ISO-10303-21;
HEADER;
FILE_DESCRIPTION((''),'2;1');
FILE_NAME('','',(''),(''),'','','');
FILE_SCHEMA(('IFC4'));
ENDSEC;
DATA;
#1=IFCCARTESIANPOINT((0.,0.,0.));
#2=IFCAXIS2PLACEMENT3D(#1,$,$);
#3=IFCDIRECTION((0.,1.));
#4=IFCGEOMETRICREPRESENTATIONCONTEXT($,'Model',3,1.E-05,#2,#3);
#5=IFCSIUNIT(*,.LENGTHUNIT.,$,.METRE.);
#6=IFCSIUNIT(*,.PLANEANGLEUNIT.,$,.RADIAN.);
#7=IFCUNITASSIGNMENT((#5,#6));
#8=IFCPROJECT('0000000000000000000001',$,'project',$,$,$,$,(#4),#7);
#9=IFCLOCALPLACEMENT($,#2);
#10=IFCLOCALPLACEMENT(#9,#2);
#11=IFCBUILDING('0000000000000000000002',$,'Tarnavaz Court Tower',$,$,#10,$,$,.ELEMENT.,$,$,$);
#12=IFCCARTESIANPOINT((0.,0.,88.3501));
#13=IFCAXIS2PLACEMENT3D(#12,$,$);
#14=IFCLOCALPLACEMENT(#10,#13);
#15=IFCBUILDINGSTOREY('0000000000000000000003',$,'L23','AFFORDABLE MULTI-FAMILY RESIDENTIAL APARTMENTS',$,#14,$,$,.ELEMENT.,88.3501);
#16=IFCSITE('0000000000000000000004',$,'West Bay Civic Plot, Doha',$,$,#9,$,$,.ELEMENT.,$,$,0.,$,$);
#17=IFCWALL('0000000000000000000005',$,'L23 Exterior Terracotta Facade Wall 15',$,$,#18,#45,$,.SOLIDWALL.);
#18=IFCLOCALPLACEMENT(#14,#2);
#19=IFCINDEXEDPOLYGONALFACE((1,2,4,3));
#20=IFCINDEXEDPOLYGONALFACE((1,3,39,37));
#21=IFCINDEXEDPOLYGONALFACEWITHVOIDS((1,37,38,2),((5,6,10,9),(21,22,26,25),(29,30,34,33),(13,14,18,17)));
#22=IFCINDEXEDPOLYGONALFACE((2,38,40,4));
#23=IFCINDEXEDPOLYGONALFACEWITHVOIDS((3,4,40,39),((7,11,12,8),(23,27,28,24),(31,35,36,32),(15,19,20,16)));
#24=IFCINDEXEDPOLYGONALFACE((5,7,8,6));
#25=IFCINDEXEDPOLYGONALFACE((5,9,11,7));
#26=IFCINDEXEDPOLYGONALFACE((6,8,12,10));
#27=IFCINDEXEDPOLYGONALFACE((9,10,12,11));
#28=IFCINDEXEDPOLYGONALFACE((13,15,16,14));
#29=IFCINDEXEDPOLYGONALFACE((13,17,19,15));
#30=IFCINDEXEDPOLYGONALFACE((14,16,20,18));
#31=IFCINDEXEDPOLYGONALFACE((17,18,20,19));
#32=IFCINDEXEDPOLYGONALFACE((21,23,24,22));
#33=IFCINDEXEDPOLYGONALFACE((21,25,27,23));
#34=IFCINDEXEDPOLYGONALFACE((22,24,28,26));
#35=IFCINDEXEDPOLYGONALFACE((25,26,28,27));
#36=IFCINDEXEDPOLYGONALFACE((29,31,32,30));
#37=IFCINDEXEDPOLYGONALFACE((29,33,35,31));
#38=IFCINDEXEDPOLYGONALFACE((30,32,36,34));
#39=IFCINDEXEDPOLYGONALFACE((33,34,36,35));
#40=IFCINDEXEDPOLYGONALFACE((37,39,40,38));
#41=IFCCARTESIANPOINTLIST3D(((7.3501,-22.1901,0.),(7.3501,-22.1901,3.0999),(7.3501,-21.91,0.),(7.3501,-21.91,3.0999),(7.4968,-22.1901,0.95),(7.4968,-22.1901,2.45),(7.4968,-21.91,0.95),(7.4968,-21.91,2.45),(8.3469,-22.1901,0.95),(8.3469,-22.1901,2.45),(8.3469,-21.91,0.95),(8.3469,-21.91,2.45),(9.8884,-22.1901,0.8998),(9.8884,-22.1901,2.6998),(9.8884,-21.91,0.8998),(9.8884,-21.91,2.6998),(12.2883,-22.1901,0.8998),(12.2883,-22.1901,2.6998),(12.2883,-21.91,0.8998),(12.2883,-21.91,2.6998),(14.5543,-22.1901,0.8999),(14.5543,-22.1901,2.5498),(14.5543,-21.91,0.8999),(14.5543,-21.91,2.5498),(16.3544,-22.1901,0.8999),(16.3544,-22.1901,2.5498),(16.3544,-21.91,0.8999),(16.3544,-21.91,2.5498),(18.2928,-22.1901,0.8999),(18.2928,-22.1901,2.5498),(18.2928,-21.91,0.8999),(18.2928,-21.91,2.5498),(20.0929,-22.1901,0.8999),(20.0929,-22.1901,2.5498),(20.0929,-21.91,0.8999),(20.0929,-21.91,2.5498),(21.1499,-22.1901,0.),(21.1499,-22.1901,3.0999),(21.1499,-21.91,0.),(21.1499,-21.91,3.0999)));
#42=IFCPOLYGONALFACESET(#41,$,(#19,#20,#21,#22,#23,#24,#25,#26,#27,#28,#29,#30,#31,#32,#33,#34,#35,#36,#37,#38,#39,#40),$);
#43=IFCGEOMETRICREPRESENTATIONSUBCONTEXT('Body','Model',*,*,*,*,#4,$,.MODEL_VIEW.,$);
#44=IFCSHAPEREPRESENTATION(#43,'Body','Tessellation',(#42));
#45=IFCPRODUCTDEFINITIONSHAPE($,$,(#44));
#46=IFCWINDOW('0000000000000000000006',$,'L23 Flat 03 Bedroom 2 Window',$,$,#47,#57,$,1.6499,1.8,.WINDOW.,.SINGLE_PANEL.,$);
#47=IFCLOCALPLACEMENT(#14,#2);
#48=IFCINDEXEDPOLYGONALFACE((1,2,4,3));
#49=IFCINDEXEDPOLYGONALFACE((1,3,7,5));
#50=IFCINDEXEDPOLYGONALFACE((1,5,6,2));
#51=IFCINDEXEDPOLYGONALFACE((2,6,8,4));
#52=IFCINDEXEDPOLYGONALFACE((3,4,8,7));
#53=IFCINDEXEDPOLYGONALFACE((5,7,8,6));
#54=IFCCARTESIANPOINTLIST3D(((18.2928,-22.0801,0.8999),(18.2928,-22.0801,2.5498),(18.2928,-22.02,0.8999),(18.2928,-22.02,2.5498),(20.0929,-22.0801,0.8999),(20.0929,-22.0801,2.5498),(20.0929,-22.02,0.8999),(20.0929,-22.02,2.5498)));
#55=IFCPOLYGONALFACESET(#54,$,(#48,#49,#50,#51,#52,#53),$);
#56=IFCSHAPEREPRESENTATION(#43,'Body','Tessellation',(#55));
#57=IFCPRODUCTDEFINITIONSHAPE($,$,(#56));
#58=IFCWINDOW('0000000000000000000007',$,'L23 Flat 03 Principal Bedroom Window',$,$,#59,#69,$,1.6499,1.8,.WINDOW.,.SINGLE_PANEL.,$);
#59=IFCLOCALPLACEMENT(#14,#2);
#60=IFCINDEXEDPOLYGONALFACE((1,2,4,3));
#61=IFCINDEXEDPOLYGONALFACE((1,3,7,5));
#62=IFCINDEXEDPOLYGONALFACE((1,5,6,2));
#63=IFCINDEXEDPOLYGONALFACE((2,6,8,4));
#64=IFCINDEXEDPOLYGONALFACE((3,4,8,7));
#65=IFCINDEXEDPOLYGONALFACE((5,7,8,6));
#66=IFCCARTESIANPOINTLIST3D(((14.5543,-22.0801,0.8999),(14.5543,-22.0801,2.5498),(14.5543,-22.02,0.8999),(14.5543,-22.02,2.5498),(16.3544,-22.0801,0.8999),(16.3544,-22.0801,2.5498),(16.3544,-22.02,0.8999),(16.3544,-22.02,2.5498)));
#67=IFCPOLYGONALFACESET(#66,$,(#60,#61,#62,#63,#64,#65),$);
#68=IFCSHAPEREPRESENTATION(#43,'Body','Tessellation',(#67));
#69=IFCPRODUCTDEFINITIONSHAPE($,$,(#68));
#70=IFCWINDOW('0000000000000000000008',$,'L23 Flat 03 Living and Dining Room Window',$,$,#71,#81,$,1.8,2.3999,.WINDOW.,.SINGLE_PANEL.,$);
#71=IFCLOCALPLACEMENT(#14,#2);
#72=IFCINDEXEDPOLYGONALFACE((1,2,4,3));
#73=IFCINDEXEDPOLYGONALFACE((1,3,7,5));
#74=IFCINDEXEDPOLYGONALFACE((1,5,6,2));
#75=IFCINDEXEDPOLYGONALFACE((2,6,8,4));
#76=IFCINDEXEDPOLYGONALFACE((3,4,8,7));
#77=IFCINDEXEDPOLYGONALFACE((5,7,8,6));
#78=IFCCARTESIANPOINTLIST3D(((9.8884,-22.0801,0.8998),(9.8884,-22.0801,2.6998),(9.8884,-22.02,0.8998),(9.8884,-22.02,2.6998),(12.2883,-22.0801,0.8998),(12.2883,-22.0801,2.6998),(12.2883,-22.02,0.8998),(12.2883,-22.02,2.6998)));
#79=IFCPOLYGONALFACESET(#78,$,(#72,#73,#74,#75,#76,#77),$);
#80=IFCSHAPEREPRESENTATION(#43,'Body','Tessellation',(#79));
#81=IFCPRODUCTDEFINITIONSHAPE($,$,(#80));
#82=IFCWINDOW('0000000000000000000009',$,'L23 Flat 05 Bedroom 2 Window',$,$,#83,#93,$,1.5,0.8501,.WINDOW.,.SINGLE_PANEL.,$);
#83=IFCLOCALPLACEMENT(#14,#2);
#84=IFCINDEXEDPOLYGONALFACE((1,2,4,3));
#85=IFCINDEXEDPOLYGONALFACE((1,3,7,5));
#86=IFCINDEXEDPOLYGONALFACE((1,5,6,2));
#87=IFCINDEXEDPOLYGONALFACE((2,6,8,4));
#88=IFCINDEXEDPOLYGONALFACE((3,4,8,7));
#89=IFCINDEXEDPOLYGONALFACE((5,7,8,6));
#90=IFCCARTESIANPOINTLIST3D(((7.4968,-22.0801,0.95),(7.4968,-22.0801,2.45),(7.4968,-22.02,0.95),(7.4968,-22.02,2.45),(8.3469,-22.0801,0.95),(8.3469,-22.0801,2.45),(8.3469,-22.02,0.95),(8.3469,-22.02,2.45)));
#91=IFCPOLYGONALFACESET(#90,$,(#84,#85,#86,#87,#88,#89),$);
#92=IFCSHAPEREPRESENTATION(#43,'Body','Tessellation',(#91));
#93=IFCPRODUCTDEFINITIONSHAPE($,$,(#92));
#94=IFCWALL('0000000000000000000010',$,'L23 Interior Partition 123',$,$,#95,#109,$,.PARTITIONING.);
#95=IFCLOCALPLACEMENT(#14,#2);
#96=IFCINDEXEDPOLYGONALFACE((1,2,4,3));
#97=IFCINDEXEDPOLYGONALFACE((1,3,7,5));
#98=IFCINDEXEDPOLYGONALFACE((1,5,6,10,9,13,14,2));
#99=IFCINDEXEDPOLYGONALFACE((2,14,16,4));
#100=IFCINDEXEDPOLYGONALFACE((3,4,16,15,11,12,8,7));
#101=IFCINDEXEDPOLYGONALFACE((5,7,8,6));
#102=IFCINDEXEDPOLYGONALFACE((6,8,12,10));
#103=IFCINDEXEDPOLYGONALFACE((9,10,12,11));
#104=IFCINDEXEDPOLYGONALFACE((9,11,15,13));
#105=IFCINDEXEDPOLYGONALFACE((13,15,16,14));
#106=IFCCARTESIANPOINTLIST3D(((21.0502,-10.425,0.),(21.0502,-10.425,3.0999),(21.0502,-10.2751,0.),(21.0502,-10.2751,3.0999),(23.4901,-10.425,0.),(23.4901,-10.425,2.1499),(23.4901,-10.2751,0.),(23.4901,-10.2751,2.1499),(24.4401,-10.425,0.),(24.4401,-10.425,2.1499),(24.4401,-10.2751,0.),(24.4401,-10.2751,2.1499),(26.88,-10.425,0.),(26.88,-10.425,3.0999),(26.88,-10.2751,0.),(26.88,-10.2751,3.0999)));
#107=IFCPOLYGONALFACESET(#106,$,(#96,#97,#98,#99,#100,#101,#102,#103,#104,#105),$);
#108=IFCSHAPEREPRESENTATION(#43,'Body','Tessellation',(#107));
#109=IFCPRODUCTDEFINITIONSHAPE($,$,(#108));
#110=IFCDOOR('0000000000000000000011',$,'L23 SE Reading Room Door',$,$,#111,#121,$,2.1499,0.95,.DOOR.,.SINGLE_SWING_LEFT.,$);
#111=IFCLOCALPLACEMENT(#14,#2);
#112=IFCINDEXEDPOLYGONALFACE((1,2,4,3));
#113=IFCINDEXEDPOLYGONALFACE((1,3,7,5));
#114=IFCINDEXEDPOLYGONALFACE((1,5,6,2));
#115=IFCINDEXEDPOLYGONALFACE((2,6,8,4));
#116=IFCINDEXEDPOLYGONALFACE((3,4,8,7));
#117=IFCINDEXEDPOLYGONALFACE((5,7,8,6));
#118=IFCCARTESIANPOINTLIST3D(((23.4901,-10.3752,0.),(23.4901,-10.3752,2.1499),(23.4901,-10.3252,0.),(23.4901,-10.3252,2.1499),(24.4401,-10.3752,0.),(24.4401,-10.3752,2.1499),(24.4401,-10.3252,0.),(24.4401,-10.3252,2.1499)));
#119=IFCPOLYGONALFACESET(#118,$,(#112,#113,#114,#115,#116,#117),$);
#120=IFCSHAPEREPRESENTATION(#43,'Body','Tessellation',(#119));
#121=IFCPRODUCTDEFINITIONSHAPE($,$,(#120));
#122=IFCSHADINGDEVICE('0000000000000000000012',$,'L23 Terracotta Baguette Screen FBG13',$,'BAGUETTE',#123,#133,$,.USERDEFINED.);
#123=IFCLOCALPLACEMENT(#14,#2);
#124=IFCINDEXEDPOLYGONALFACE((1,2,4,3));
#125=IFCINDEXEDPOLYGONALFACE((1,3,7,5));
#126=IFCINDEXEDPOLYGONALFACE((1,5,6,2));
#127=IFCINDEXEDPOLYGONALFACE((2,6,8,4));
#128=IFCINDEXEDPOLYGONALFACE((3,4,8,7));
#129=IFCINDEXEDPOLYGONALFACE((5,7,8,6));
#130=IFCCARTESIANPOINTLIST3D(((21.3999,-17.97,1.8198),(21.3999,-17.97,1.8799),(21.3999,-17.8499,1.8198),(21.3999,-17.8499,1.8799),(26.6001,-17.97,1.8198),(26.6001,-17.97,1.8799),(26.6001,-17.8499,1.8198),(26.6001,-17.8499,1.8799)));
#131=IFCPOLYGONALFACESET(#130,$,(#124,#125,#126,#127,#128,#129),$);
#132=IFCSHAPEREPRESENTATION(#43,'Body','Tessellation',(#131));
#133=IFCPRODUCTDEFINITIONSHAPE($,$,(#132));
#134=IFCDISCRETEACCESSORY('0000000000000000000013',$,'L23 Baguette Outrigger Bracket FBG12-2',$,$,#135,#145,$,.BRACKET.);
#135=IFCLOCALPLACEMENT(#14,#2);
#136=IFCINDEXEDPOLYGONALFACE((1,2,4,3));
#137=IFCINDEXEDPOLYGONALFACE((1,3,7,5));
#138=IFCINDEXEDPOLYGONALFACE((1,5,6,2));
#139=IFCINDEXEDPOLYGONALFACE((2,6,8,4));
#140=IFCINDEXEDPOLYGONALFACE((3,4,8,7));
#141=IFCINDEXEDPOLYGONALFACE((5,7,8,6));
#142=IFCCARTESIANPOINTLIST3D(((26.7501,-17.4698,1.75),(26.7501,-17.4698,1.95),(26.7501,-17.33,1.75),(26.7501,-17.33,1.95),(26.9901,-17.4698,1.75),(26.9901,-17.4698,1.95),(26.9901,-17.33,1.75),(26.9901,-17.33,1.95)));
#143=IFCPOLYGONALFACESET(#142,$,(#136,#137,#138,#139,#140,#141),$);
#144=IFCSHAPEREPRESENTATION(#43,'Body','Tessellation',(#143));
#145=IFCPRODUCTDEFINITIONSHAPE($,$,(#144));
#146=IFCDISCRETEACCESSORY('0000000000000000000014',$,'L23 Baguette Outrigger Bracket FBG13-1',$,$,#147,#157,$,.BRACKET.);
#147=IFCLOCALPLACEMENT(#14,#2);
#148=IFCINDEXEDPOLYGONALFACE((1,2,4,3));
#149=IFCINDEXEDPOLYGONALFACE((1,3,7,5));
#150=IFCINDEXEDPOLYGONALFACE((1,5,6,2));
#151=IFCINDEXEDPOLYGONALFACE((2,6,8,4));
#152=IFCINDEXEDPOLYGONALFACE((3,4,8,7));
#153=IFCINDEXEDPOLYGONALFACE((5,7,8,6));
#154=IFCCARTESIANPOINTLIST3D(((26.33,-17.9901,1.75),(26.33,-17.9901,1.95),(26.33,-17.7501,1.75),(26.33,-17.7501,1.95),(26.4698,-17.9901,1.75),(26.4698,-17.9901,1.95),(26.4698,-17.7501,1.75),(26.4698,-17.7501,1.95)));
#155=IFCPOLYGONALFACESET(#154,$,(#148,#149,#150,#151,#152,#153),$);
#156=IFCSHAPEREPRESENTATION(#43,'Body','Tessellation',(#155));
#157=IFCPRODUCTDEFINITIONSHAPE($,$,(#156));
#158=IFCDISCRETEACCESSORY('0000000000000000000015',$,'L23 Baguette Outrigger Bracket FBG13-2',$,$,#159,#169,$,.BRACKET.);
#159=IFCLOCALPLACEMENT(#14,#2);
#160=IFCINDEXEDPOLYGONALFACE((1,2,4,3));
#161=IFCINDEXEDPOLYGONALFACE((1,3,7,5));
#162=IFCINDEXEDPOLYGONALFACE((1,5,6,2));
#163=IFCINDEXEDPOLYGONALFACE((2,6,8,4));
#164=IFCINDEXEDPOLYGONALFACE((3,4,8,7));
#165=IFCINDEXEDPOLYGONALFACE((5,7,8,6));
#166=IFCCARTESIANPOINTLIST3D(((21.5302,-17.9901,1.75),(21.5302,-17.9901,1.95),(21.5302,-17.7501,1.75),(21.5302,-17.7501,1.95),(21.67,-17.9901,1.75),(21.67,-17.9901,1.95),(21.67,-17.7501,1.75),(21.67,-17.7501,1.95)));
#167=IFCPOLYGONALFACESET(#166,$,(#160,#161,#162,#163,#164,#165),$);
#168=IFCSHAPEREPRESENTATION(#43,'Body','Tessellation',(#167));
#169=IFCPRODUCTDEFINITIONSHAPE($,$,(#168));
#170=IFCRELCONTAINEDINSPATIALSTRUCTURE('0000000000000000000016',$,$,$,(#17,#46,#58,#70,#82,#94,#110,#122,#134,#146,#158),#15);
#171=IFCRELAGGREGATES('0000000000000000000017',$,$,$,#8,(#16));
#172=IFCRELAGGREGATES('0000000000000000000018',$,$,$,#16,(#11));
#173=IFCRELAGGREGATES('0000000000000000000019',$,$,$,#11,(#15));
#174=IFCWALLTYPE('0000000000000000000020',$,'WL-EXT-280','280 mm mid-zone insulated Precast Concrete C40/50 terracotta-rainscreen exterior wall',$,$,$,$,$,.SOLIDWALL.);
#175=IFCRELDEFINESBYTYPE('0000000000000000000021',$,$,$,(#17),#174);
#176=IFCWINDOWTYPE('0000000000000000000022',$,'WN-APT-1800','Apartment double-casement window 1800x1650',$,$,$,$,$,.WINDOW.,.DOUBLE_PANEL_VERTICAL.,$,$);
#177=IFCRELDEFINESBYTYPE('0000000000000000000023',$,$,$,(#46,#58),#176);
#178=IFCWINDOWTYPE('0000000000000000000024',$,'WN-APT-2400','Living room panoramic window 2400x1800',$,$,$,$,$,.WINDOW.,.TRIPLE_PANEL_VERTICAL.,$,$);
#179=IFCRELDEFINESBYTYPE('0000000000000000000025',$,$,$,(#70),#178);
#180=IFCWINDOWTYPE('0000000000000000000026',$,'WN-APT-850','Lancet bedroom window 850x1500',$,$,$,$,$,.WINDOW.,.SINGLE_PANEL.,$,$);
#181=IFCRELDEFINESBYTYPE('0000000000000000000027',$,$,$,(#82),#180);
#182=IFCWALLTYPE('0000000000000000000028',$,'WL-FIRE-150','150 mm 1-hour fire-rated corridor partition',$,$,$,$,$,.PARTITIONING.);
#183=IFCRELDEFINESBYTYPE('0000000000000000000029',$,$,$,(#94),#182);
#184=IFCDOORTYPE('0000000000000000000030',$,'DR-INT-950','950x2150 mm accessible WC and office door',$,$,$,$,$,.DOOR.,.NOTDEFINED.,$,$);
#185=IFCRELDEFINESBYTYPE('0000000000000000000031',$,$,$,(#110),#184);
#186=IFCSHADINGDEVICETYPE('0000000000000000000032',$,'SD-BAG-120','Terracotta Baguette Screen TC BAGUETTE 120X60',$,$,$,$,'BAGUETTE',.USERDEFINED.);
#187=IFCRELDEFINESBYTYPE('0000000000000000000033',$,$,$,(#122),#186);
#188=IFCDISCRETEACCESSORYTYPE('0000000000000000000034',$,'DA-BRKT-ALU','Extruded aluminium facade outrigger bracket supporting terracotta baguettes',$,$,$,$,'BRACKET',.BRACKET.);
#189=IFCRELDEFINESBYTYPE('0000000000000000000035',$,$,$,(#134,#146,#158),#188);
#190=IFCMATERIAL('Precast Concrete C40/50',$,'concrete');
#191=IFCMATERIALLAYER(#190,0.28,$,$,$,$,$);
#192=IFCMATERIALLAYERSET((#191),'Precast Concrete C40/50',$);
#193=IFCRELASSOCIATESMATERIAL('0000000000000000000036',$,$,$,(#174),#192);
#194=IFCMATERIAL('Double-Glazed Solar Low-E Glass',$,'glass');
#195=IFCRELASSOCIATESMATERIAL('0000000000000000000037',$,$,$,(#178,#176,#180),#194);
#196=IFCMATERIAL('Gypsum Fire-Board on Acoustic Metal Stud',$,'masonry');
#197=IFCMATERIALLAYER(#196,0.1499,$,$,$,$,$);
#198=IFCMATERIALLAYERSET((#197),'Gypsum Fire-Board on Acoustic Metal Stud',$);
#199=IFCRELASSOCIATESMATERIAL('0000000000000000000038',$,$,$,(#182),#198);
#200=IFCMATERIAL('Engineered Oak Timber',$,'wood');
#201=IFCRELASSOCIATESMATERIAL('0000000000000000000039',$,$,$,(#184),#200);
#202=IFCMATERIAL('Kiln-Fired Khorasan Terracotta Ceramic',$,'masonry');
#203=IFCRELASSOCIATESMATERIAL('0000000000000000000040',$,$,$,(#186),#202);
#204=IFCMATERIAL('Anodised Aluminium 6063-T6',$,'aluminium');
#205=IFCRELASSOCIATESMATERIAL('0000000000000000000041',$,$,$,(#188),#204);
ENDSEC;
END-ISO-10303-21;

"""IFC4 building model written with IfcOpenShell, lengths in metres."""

from ifc_helpers import new_model, si_unit, direction, frame, frame_2d, origin, origin_2d, place, context, subcontext, project, spatial, rectangle, extrude, material, layer, layer_set, material_profile, profile_set, type_object, element, fill, save


model = new_model("IFC4")

# Units and contexts
model_context = context("Model", 3, precision=1e-05, world=origin(), true_north=direction((0.0, 1.0)))
body_context = subcontext(model_context, "Body", "Model", "MODEL_VIEW")
ifc_project = project(units=[si_unit("LENGTHUNIT", "METRE"), si_unit("PLANEANGLEUNIT", "RADIAN")], contexts=[model_context])

# Site, building, storey
site_placement = place(None, origin())
site = spatial("IfcSite", under=ifc_project, at=site_placement, Name="West Bay Civic Plot, Doha", CompositionType="ELEMENT", RefElevation=0.0)
building_placement = place(site_placement, origin())
building = spatial("IfcBuilding", under=site, at=building_placement, Name="Tarnavaz Court Tower", CompositionType="ELEMENT")
storey_placement = place(building_placement, frame((0.0, 0.0, 88.3501)))
storey = spatial("IfcBuildingStorey", under=building, at=storey_placement, Name="L23", Description="AFFORDABLE MULTI-FAMILY RESIDENTIAL APARTMENTS", CompositionType="ELEMENT", Elevation=88.3501)

# Shared definitions
ifc_material_1 = material(Name="Precast Concrete C40/50", Category="concrete")
ifc_layer_1 = layer(ifc_material_1, 0.28)
ifc_layer_set_1 = layer_set([ifc_layer_1], Name="Precast Concrete C40/50")
wall_type_1 = type_object("IfcWallType", Name="WL-EXT-280", Description="280 mm mid-zone insulated Precast Concrete C40/50 terracotta-rainscreen exterior wall", PredefinedType="SOLIDWALL", material=ifc_layer_set_1)
ifc_material_2 = material(Name="Double-Glazed Solar Low-E Glass", Category="glass")
window_type_1 = type_object("IfcWindowType", Name="WN-APT-2400", Description="Living room panoramic window 2400x1800", PartitioningType="TRIPLE_PANEL_VERTICAL", PredefinedType="WINDOW", material=ifc_material_2)
window_type_2 = type_object("IfcWindowType", Name="WN-APT-1800", Description="Apartment double-casement window 1800x1650", PartitioningType="DOUBLE_PANEL_VERTICAL", PredefinedType="WINDOW", material=ifc_material_2)

# Wall, openings, windows
wall_1_placement = place(storey_placement, frame((21.1499, -22.05, 0.0), z_axis=(0.0, 0.0, 1.0), x_axis=(-1.0, 0.0, 0.0)))
wall_1 = element("IfcWall", 1, at=wall_1_placement, inside=storey, type_object=wall_type_1, Name="L23 Exterior Terracotta Facade Wall 15", PredefinedType="SOLIDWALL", context=body_context, shape_type="SweptSolid", body=[
    extrude(rectangle(XDim=13.7998, YDim=0.28, at=frame_2d((6.8999, 0.0))), origin(), (0.0, 0.0, 1.0), 3.0999),
])
opening_1_placement = place(wall_1_placement, frame((1.0571, 0.0, 0.8999)))
opening_1 = element("IfcOpeningElement", 2, at=opening_1_placement, cuts=wall_1, PredefinedType="OPENING", context=body_context, shape_type="SweptSolid", body=[
    extrude(rectangle(XDim=1.8, YDim=1.6499, at=frame_2d((0.8999, 0.825))), frame((0.0, 0.1499, 0.0), z_axis=(0.0, -1.0, 0.0), x_axis=(1.0, 0.0, 0.0)), (0.0, 0.0, 1.0), 0.3),
])
opening_2_placement = place(wall_1_placement, frame((4.7957, 0.0, 0.8999)))
opening_2 = element("IfcOpeningElement", 3, at=opening_2_placement, cuts=wall_1, PredefinedType="OPENING", context=body_context, shape_type="SweptSolid", body=[
    extrude(rectangle(XDim=1.8, YDim=1.6499, at=frame_2d((0.8999, 0.825))), frame((0.0, 0.1499, 0.0), z_axis=(0.0, -1.0, 0.0), x_axis=(1.0, 0.0, 0.0)), (0.0, 0.0, 1.0), 0.3),
])
opening_3_placement = place(wall_1_placement, frame((8.8616, 0.0, 0.8999)))
opening_3 = element("IfcOpeningElement", 4, at=opening_3_placement, cuts=wall_1, PredefinedType="OPENING", context=body_context, shape_type="SweptSolid", body=[
    extrude(rectangle(XDim=2.3999, YDim=1.8, at=frame_2d((1.2, 0.8999))), frame((0.0, 0.1499, 0.0), z_axis=(0.0, -1.0, 0.0), x_axis=(1.0, 0.0, 0.0)), (0.0, 0.0, 1.0), 0.3),
])
opening_4_placement = place(wall_1_placement, frame((12.803, 0.0, 0.95)))
opening_4 = element("IfcOpeningElement", 5, at=opening_4_placement, cuts=wall_1, PredefinedType="OPENING", context=body_context, shape_type="SweptSolid", body=[
    extrude(rectangle(XDim=0.8501, YDim=1.5, at=frame_2d((0.425, 0.75))), frame((0.0, 0.1499, 0.0), z_axis=(0.0, -1.0, 0.0), x_axis=(1.0, 0.0, 0.0)), (0.0, 0.0, 1.0), 0.3),
])
window_1_placement = place(opening_1_placement, origin())
window_1 = element("IfcWindow", 6, at=window_1_placement, inside=storey, type_object=window_type_2, Name="L23 Flat 03 Bedroom 2 Window", OverallHeight=1.6499, OverallWidth=1.8, PartitioningType="SINGLE_PANEL", PredefinedType="WINDOW", context=body_context, shape_type="SweptSolid", body=[
    extrude(rectangle(XDim=1.8, YDim=1.6499, at=frame_2d((0.8999, 0.825))), frame((0.0, 0.03, 0.0), z_axis=(0.0, -1.0, 0.0), x_axis=(1.0, 0.0, 0.0)), (0.0, 0.0, 1.0), 0.0601),
])
fill(opening_1, window_1)
window_2_placement = place(opening_2_placement, origin())
window_2 = element("IfcWindow", 7, at=window_2_placement, inside=storey, type_object=window_type_2, Name="L23 Flat 03 Principal Bedroom Window", OverallHeight=1.6499, OverallWidth=1.8, PartitioningType="SINGLE_PANEL", PredefinedType="WINDOW", context=body_context, shape_type="SweptSolid", body=[
    extrude(rectangle(XDim=1.8, YDim=1.6499, at=frame_2d((0.8999, 0.825))), frame((0.0, 0.03, 0.0), z_axis=(0.0, -1.0, 0.0), x_axis=(1.0, 0.0, 0.0)), (0.0, 0.0, 1.0), 0.0601),
])
fill(opening_2, window_2)
window_3_placement = place(opening_3_placement, origin())
window_3 = element("IfcWindow", 8, at=window_3_placement, inside=storey, type_object=window_type_1, Name="L23 Flat 03 Living and Dining Room Window", OverallHeight=1.8, OverallWidth=2.3999, PartitioningType="SINGLE_PANEL", PredefinedType="WINDOW", context=body_context, shape_type="SweptSolid", body=[
    extrude(rectangle(XDim=2.3999, YDim=1.8, at=frame_2d((1.2, 0.8999))), frame((0.0, 0.03, 0.0), z_axis=(0.0, -1.0, 0.0), x_axis=(1.0, 0.0, 0.0)), (0.0, 0.0, 1.0), 0.0601),
])
fill(opening_3, window_3)
window_type_3 = type_object("IfcWindowType", Name="WN-APT-850", Description="Lancet bedroom window 850x1500", PartitioningType="SINGLE_PANEL", PredefinedType="WINDOW", material=ifc_material_2)
window_4_placement = place(opening_4_placement, origin())
window_4 = element("IfcWindow", 9, at=window_4_placement, inside=storey, type_object=window_type_3, Name="L23 Flat 05 Bedroom 2 Window", OverallHeight=1.5, OverallWidth=0.8501, PartitioningType="SINGLE_PANEL", PredefinedType="WINDOW", context=body_context, shape_type="SweptSolid", body=[
    extrude(rectangle(XDim=0.8501, YDim=1.5, at=frame_2d((0.425, 0.75))), frame((0.0, 0.03, 0.0), z_axis=(0.0, -1.0, 0.0), x_axis=(1.0, 0.0, 0.0)), (0.0, 0.0, 1.0), 0.0601),
])
fill(opening_4, window_4)

# Wall, opening, door
ifc_material_3 = material(Name="Gypsum Fire-Board on Acoustic Metal Stud", Category="masonry")
ifc_layer_2 = layer(ifc_material_3, 0.1499)
ifc_layer_set_2 = layer_set([ifc_layer_2], Name="Gypsum Fire-Board on Acoustic Metal Stud")
wall_type_2 = type_object("IfcWallType", Name="WL-FIRE-150", Description="150 mm 1-hour fire-rated corridor partition", PredefinedType="PARTITIONING", material=ifc_layer_set_2)
wall_2_placement = place(storey_placement, frame((21.05, -10.3501, 0.0), z_axis=(0.0, 0.0, 1.0), x_axis=(1.0, 0.0, 0.0)))
wall_2 = element("IfcWall", 10, at=wall_2_placement, inside=storey, type_object=wall_type_2, Name="L23 Interior Partition 123", PredefinedType="PARTITIONING", context=body_context, shape_type="SweptSolid", body=[
    extrude(rectangle(XDim=5.8298, YDim=0.1499, at=frame_2d((2.915, 0.0))), origin(), (0.0, 0.0, 1.0), 3.0999),
])
opening_5_placement = place(wall_2_placement, frame((2.4399, 0.0, 0.0)))
opening_5 = element("IfcOpeningElement", 11, at=opening_5_placement, cuts=wall_2, PredefinedType="OPENING", context=body_context, shape_type="SweptSolid", body=[
    extrude(rectangle(XDim=0.95, YDim=2.1499, at=frame_2d((0.4751, 1.075))), frame((0.0, 0.085, 0.0), z_axis=(0.0, -1.0, 0.0), x_axis=(1.0, 0.0, 0.0)), (0.0, 0.0, 1.0), 0.1699),
])
ifc_material_4 = material(Name="Engineered Oak Timber", Category="wood")
door_type = type_object("IfcDoorType", Name="DR-INT-950", Description="950x2150 mm accessible WC and office door", OperationType="NOTDEFINED", PredefinedType="DOOR", material=ifc_material_4)
door_placement = place(opening_5_placement, origin())
door = element("IfcDoor", 12, at=door_placement, inside=storey, type_object=door_type, Name="L23 SE Reading Room Door", OperationType="SINGLE_SWING_LEFT", OverallHeight=2.1499, OverallWidth=0.95, PredefinedType="DOOR", context=body_context, shape_type="SweptSolid", body=[
    extrude(rectangle(XDim=0.95, YDim=2.1499, at=frame_2d((0.4751, 1.075))), frame((0.0, 0.0249, 0.0), z_axis=(0.0, -1.0, 0.0), x_axis=(1.0, 0.0, 0.0)), (0.0, 0.0, 1.0), 0.05),
])
fill(opening_5, door)

# Shading device
ifc_material_5 = material(Name="Kiln-Fired Khorasan Terracotta Ceramic", Category="masonry")
ifc_material_profile_1 = material_profile(ifc_material_5, rectangle(XDim=0.1201, YDim=0.0601, at=origin_2d()), Name="TC BAGUETTE 120X60")
ifc_profile_set_1 = profile_set([ifc_material_profile_1], Name="Kiln-Fired Khorasan Terracotta Ceramic")
shading_device_type = type_object("IfcShadingDeviceType", Name="SD-BAG-120", Description="Terracotta Baguette Screen TC BAGUETTE 120X60", ElementType="BAGUETTE", PredefinedType="USERDEFINED", material=ifc_profile_set_1)
shading_device_placement = place(storey_placement, frame((26.6001, -17.9099, 1.8499), z_axis=(-1.0, 0.0, 0.0), x_axis=(0.0, -1.0, 0.0)))
element("IfcShadingDevice", 13, at=shading_device_placement, inside=storey, type_object=shading_device_type, Name="L23 Terracotta Baguette Screen FBG13", ObjectType="BAGUETTE", PredefinedType="USERDEFINED", context=body_context, shape_type="SweptSolid", body=[
    extrude(rectangle(XDim=0.1201, YDim=0.0601, at=origin_2d()), origin(), (0.0, 0.0, 1.0), 5.2002),
])

# Discrete accessories
ifc_material_6 = material(Name="Anodised Aluminium 6063-T6", Category="aluminium")
discrete_accessory_type = type_object("IfcDiscreteAccessoryType", Name="DA-BRKT-ALU", Description="Extruded aluminium facade outrigger bracket supporting terracotta baguettes", ElementType="BRACKET", PredefinedType="BRACKET", material=ifc_material_6)
for number, where, z_axis, x_axis, name in (
    (14, (26.8701, -17.3999, 1.75), (0.0, 0.0, 1.0), (0.0, -1.0, 0.0), "L23 Baguette Outrigger Bracket FBG12-2"),
    (15, (26.3999, -17.8701, 1.75), (0.0, 0.0, 1.0), (-1.0, 0.0, 0.0), "L23 Baguette Outrigger Bracket FBG13-1"),
    (16, (21.6001, -17.8701, 1.75), (0.0, 0.0, 1.0), (-1.0, 0.0, 0.0), "L23 Baguette Outrigger Bracket FBG13-2"),
):
    element("IfcDiscreteAccessory", number, at=place(storey_placement, frame(where, z_axis=z_axis, x_axis=x_axis)), inside=storey, type_object=discrete_accessory_type, Name=name, PredefinedType="BRACKET", context=body_context, shape_type="SweptSolid", body=[
        extrude(rectangle(XDim=0.1399, YDim=0.24, at=origin_2d()), origin(), (0.0, 0.0, 1.0), 0.2),
    ])

save(model, "model.ifc")
